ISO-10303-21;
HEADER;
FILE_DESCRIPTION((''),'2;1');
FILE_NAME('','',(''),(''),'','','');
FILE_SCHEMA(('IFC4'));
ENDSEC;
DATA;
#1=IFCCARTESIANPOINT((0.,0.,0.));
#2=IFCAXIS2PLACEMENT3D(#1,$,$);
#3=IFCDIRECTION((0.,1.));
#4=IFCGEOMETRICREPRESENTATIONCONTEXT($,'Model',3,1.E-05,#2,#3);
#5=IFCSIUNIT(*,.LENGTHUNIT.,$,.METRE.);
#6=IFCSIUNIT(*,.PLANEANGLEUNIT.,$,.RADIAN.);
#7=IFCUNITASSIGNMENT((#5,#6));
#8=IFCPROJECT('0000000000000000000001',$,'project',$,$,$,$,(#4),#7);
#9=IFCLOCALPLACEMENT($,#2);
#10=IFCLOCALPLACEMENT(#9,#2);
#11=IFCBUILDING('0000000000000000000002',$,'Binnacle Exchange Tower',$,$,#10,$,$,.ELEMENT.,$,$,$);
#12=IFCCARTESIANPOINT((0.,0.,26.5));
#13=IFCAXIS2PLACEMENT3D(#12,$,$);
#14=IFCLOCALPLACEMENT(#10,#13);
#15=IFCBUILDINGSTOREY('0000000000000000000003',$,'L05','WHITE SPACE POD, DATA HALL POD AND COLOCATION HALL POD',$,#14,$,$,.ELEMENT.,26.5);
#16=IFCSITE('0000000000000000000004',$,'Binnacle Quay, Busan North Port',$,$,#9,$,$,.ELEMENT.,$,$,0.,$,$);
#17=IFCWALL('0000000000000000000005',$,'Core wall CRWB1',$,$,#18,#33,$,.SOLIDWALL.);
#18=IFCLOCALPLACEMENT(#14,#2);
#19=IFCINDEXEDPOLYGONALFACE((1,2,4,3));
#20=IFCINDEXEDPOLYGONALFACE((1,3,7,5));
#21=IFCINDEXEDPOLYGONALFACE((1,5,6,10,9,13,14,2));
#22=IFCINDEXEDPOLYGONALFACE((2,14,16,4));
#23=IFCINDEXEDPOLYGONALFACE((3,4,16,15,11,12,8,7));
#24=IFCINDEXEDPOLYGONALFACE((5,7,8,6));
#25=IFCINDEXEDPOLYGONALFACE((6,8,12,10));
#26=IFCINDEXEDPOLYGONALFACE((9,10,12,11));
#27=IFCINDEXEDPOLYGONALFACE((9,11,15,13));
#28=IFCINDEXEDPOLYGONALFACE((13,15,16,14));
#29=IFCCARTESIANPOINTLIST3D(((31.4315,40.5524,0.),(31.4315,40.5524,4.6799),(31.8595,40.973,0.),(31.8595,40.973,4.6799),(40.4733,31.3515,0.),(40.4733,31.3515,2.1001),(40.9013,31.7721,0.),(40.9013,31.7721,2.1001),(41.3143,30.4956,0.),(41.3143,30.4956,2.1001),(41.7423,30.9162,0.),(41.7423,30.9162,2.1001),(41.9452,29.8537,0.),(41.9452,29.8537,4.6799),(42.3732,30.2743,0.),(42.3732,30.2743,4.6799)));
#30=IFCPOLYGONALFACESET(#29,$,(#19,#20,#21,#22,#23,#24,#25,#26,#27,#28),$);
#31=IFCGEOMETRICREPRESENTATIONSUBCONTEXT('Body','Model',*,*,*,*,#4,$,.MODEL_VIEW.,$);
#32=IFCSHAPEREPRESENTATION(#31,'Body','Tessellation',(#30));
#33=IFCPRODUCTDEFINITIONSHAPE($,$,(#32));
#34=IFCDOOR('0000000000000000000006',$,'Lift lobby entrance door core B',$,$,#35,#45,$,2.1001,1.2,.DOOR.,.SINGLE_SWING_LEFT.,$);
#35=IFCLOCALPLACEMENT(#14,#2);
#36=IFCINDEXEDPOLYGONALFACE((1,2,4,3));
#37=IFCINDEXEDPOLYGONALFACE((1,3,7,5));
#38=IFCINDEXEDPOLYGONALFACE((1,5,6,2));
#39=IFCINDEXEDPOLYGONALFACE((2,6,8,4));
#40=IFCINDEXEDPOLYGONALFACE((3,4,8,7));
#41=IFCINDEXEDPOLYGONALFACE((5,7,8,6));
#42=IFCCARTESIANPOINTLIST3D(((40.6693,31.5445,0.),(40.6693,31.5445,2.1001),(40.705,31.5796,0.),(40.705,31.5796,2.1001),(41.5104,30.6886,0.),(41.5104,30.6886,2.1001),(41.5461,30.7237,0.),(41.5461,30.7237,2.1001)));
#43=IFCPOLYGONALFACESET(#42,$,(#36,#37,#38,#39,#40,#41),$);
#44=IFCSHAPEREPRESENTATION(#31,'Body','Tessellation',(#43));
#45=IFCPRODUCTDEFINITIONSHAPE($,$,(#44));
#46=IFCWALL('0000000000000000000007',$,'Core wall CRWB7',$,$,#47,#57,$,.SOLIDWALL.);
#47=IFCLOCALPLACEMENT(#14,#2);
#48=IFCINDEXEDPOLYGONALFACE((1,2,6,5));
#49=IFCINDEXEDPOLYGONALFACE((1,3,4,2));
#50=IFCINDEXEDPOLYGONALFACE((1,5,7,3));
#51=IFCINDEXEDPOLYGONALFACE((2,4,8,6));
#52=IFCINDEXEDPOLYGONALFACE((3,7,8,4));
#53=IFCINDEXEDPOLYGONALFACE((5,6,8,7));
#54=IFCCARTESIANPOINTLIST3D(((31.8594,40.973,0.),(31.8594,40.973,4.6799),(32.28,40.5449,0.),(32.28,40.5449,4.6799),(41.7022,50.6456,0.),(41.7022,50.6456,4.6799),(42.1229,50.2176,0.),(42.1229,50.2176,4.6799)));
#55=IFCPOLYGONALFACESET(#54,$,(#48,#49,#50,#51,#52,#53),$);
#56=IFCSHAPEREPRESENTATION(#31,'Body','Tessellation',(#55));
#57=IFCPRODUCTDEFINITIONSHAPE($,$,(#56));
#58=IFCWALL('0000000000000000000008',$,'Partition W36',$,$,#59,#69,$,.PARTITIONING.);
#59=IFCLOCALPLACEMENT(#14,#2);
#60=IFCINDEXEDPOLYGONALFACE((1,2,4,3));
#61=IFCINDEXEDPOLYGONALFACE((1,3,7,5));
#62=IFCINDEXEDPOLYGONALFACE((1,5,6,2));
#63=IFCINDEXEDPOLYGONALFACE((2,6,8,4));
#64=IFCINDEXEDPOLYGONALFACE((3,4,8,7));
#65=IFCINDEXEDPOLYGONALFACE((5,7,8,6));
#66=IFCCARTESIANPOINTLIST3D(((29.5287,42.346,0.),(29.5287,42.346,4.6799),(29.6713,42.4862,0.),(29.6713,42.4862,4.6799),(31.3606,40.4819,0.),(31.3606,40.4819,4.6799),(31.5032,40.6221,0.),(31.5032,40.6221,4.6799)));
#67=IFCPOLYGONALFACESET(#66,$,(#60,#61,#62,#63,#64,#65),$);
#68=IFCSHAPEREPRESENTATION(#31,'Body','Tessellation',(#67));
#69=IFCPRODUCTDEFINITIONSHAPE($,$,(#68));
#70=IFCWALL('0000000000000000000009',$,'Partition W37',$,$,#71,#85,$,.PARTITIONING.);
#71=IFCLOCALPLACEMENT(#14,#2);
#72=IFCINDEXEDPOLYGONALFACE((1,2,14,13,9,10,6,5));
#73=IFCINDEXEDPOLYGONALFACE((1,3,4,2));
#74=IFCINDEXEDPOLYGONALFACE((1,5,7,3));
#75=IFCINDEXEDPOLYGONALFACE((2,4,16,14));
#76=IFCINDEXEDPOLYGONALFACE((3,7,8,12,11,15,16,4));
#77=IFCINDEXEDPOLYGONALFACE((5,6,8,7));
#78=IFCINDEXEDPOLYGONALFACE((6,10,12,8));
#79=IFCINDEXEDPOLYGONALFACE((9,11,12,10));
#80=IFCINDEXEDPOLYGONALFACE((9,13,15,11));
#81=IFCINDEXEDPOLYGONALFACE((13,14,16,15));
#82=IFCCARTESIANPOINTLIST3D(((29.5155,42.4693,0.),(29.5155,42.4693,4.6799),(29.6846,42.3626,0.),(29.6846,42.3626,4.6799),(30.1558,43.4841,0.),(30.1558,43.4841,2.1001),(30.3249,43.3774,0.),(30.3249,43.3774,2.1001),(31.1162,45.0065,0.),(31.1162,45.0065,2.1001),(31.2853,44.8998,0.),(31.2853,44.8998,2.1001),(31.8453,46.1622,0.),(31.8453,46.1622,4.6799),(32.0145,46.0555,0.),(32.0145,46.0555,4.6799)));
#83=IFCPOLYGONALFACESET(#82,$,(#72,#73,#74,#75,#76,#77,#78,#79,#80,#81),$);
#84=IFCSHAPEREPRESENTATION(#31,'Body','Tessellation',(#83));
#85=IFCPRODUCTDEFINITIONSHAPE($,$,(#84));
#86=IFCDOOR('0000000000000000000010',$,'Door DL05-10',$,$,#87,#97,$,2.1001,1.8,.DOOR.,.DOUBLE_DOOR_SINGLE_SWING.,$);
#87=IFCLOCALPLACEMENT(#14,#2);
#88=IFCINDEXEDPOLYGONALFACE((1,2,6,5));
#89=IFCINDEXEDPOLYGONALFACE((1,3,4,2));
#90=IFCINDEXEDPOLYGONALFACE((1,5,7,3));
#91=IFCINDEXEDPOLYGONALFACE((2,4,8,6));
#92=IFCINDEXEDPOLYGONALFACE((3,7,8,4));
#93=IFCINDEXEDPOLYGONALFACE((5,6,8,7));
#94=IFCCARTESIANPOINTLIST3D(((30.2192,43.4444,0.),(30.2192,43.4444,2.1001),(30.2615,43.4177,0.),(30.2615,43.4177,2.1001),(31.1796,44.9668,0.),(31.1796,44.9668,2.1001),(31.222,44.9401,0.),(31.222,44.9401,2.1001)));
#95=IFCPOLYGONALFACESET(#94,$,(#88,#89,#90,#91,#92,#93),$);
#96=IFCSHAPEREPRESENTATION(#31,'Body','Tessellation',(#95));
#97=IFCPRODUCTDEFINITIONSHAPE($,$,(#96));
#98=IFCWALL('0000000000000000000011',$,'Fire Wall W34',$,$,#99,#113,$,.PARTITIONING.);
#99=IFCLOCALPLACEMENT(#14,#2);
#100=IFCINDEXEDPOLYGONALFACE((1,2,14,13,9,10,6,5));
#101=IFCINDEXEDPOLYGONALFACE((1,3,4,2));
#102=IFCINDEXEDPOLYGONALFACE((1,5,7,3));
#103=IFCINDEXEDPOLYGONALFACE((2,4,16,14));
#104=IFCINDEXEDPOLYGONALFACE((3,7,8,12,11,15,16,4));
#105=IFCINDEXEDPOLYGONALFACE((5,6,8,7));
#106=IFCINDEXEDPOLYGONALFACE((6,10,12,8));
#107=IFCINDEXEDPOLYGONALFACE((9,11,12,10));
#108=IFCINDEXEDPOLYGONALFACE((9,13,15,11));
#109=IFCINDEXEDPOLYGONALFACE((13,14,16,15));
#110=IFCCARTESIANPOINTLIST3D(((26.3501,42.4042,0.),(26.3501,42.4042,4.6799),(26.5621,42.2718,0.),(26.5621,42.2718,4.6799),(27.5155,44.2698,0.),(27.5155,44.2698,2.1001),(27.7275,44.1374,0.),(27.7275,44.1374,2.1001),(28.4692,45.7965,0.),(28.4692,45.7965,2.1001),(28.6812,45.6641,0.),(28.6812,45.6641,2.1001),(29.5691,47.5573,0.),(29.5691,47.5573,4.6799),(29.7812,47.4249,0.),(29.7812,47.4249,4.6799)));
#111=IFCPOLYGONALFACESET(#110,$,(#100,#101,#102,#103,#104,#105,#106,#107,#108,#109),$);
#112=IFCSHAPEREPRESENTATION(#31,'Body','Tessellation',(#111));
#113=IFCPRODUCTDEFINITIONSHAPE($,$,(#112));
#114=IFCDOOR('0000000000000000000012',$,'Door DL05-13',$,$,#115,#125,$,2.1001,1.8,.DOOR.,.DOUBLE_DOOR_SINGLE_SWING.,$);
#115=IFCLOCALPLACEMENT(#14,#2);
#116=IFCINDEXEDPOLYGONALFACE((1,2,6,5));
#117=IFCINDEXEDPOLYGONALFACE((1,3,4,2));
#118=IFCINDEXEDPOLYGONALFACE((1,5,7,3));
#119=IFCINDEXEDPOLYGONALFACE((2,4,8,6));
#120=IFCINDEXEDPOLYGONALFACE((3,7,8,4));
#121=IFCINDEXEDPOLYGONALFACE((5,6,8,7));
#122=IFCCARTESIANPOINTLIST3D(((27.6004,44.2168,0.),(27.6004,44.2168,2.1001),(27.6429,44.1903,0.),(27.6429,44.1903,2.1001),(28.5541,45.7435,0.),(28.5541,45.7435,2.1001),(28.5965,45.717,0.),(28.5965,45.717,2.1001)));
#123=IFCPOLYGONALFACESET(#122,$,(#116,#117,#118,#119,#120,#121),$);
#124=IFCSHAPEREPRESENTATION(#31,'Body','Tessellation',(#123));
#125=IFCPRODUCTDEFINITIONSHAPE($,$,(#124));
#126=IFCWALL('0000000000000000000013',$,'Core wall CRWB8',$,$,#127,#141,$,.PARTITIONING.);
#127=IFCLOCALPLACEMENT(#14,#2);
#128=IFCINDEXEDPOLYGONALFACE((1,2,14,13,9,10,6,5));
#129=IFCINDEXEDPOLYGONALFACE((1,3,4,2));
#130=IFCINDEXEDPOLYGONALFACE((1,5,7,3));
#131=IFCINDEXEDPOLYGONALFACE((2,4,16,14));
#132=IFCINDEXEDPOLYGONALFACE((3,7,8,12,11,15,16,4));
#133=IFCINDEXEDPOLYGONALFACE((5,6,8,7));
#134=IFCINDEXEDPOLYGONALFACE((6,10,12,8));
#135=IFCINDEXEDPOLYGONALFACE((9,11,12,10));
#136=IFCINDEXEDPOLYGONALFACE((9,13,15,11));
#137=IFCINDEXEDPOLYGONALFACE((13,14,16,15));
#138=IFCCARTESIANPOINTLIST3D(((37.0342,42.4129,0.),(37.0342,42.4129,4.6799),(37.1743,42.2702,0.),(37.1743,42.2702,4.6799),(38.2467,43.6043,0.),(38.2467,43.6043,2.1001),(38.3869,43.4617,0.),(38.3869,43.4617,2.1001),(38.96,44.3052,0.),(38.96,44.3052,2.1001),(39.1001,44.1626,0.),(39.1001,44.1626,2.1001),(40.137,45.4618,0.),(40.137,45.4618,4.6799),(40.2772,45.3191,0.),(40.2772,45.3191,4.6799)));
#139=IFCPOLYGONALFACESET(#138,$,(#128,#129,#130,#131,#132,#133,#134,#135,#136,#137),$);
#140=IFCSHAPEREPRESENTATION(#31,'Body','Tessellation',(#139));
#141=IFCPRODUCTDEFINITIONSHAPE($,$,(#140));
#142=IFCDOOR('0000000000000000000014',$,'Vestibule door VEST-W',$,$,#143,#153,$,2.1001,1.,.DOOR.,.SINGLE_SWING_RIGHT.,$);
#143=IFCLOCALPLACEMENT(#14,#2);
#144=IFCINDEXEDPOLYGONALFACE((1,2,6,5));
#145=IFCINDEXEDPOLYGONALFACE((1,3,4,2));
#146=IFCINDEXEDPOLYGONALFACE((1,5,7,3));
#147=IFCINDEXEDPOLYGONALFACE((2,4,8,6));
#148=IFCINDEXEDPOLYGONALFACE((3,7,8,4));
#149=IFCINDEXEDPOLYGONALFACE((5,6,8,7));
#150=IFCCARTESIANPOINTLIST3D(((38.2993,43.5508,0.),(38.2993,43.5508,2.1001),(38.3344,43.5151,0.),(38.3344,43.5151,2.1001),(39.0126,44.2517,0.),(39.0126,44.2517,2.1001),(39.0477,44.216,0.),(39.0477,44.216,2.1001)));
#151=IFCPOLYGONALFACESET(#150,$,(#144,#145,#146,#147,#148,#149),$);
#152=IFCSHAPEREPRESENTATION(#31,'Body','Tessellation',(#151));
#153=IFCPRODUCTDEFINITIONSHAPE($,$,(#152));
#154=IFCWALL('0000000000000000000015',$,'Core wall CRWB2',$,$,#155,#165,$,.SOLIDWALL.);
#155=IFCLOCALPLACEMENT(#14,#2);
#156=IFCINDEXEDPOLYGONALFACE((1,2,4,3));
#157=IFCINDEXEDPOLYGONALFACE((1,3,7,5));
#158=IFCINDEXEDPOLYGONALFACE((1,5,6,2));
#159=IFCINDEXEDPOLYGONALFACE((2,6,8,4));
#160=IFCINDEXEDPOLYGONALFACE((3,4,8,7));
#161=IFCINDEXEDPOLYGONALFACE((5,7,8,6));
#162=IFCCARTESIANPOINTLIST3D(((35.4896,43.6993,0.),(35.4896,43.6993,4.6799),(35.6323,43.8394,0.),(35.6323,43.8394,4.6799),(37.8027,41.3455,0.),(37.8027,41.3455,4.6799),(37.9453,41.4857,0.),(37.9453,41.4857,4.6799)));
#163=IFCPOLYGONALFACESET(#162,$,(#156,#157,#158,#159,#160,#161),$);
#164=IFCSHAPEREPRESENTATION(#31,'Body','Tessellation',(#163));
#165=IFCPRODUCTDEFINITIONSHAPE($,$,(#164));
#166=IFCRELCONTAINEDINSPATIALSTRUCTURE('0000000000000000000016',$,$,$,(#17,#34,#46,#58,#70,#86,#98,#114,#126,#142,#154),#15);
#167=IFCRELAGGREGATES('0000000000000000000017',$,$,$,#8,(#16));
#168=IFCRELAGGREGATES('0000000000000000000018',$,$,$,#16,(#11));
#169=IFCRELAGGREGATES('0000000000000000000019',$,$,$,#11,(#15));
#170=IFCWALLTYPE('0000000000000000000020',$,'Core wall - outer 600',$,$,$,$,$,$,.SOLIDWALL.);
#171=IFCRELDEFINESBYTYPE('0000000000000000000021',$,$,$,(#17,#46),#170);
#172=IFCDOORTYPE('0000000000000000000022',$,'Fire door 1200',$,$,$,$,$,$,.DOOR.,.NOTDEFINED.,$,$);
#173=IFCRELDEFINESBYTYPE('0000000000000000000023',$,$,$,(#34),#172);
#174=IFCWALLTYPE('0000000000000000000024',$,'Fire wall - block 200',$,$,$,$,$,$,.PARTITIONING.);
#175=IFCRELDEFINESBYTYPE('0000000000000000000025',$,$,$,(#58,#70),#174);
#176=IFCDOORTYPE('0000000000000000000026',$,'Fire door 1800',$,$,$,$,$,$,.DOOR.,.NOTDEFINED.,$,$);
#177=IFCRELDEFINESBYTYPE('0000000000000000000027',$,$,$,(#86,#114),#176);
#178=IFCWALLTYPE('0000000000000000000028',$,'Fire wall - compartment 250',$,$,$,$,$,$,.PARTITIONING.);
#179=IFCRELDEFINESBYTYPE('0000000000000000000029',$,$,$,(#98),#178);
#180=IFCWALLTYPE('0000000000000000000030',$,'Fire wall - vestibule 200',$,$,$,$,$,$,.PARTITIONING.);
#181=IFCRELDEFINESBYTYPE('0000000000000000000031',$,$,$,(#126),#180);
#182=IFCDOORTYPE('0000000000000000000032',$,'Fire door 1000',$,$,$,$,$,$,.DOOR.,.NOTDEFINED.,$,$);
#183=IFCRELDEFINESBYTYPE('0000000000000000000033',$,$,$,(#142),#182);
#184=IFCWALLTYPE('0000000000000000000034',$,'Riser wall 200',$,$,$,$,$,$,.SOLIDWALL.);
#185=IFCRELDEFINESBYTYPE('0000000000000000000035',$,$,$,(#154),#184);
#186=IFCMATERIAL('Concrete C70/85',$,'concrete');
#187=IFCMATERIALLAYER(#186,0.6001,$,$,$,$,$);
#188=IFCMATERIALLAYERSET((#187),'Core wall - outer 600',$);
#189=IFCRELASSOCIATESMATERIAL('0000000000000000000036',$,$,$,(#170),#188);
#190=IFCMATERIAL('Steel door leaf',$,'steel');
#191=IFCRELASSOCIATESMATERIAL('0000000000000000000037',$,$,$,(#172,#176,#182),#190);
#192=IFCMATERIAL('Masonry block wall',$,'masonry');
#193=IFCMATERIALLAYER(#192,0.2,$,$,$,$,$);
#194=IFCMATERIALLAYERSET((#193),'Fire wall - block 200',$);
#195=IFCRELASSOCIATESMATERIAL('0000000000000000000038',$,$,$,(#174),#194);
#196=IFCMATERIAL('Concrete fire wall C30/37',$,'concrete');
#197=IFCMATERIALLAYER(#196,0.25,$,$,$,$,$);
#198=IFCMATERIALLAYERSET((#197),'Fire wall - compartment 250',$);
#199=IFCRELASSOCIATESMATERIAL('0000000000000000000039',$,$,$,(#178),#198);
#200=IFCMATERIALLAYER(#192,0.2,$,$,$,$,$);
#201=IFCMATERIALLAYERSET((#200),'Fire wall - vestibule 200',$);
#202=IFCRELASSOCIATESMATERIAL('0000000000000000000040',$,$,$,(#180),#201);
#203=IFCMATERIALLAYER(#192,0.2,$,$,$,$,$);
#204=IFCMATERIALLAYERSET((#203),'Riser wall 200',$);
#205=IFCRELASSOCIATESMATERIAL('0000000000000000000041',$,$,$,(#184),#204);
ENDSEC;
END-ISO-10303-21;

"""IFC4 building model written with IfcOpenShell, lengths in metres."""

from ifc_helpers import new_model, si_unit, direction, frame, frame_2d, origin, place, context, subcontext, project, spatial, rectangle, extrude, material, layer, layer_set, type_object, element, fill, save


model = new_model("IFC4")

# Units and contexts
model_context = context("Model", 3, precision=1e-05, world=origin(), true_north=direction((0.0, 1.0)))
body_context = subcontext(model_context, "Body", "Model", "MODEL_VIEW")
ifc_project = project(units=[si_unit("LENGTHUNIT", "METRE"), si_unit("PLANEANGLEUNIT", "RADIAN")], contexts=[model_context])

# Site, building, storey
site_placement = place(None, origin())
site = spatial("IfcSite", under=ifc_project, at=site_placement, Name="Binnacle Quay, Busan North Port", CompositionType="ELEMENT", RefElevation=0.0)
building_placement = place(site_placement, origin())
building = spatial("IfcBuilding", under=site, at=building_placement, Name="Binnacle Exchange Tower", CompositionType="ELEMENT")
storey_placement = place(building_placement, frame((0.0, 0.0, 26.5)))
storey = spatial("IfcBuildingStorey", under=building, at=storey_placement, Name="L05", Description="WHITE SPACE POD, DATA HALL POD AND COLOCATION HALL POD", CompositionType="ELEMENT", Elevation=26.5)

# Shared definitions
ifc_material_1 = material(Name="Concrete C70/85", Category="concrete")

# Shared definitions
ifc_material_2 = material(Name="Steel door leaf", Category="steel")

# Wall, opening, door
ifc_layer_1 = layer(ifc_material_1, 0.6001)
ifc_layer_set_1 = layer_set([ifc_layer_1], Name="Core wall - outer 600")
wall_type_1 = type_object("IfcWallType", Name="Core wall - outer 600", PredefinedType="SOLIDWALL", material=ifc_layer_set_1)
wall_1_placement = place(storey_placement, frame((31.6455, 40.7627, 0.0), z_axis=(0.0, 0.0, 1.0), x_axis=(0.700911, -0.713248, 0.0)))
wall_1 = element("IfcWall", 1, at=wall_1_placement, inside=storey, type_object=wall_type_1, Name="Core wall CRWB1", PredefinedType="SOLIDWALL", context=body_context, shape_type="SweptSolid", body=[
    extrude(rectangle(XDim=15.0, YDim=0.6001, at=frame_2d((7.5, 0.0))), origin(), (0.0, 0.0, 1.0), 4.6799),
])
opening_1_placement = place(wall_1_placement, frame((12.8999, 0.0, 0.0)))
opening_1 = element("IfcOpeningElement", 2, at=opening_1_placement, cuts=wall_1, PredefinedType="OPENING", context=body_context, shape_type="SweptSolid", body=[
    extrude(rectangle(XDim=1.2, YDim=2.1001, at=frame_2d((0.6001, 1.05))), frame((0.0, 0.3101, 0.0), z_axis=(0.0, -1.0, 0.0), x_axis=(1.0, 0.0, 0.0)), (0.0, 0.0, 1.0), 0.6201),
])
door_type_1 = type_object("IfcDoorType", Name="Fire door 1200", OperationType="NOTDEFINED", PredefinedType="DOOR", material=ifc_material_2)
door_1_placement = place(opening_1_placement, frame((1.2, 0.0, 0.0), z_axis=(0.0, 0.0, 1.0), x_axis=(-1.0, 0.0, 0.0)))
door_1 = element("IfcDoor", 3, at=door_1_placement, inside=storey, type_object=door_type_1, Name="Lift lobby entrance door core B", OperationType="SINGLE_SWING_LEFT", OverallHeight=2.1001, OverallWidth=1.2, PredefinedType="DOOR", context=body_context, shape_type="SweptSolid", body=[
    extrude(rectangle(XDim=1.2, YDim=2.1001, at=frame_2d((0.6001, 1.05))), frame((0.0, 0.0249, 0.0), z_axis=(0.0, -1.0, 0.0), x_axis=(1.0, 0.0, 0.0)), (0.0, 0.0, 1.0), 0.05),
])
fill(opening_1, door_1)

# Walls
wall_2_placement = place(storey_placement, frame((32.0698, 40.759, 0.0), z_axis=(0.0, 0.0, 1.0), x_axis=(0.713245, 0.700914, 0.0)))
element("IfcWall", 4, at=wall_2_placement, inside=storey, type_object=wall_type_1, Name="Core wall CRWB7", PredefinedType="SOLIDWALL", context=body_context, shape_type="SweptSolid", body=[
    extrude(rectangle(XDim=13.8, YDim=0.6001, at=frame_2d((6.8999, 0.0))), origin(), (0.0, 0.0, 1.0), 4.6799),
])
ifc_material_3 = material(Name="Masonry block wall", Category="masonry")
ifc_layer_2 = layer(ifc_material_3, 0.2)
ifc_layer_set_2 = layer_set([ifc_layer_2], Name="Fire wall - block 200")
wall_type_2 = type_object("IfcWallType", Name="Fire wall - block 200", PredefinedType="PARTITIONING", material=ifc_layer_set_2)
wall_3_placement = place(storey_placement, frame((29.6001, 42.416, 0.0), z_axis=(0.0, 0.0, 1.0), x_axis=(0.700914, -0.713245, 0.0)))
element("IfcWall", 5, at=wall_3_placement, inside=storey, type_object=wall_type_2, Name="Partition W36", PredefinedType="PARTITIONING", context=body_context, shape_type="SweptSolid", body=[
    extrude(rectangle(XDim=2.6135, YDim=0.2, at=frame_2d((1.3066, 0.0))), origin(), (0.0, 0.0, 1.0), 4.6799),
])

# Walls, openings, doors
wall_4_placement = place(storey_placement, frame((29.6001, 42.416, 0.0), z_axis=(0.0, 0.0, 1.0), x_axis=(0.533583, 0.845748, 0.0)))
wall_4 = element("IfcWall", 6, at=wall_4_placement, inside=storey, type_object=wall_type_2, Name="Partition W37", PredefinedType="PARTITIONING", context=body_context, shape_type="SweptSolid", body=[
    extrude(rectangle(XDim=4.3665, YDim=0.2, at=frame_2d((2.1831, 0.0))), origin(), (0.0, 0.0, 1.0), 4.6799),
])
opening_2_placement = place(wall_4_placement, frame((1.2, 0.0, 0.0)))
opening_2 = element("IfcOpeningElement", 7, at=opening_2_placement, cuts=wall_4, PredefinedType="OPENING", context=body_context, shape_type="SweptSolid", body=[
    extrude(rectangle(XDim=1.8, YDim=2.1001, at=frame_2d((0.8999, 1.05))), frame((0.0, 0.1099, 0.0), z_axis=(0.0, -1.0, 0.0), x_axis=(1.0, 0.0, 0.0)), (0.0, 0.0, 1.0), 0.22),
])
door_type_2 = type_object("IfcDoorType", Name="Fire door 1800", OperationType="NOTDEFINED", PredefinedType="DOOR", material=ifc_material_2)
door_2_placement = place(opening_2_placement, frame((1.8, 0.0, 0.0), z_axis=(0.0, 0.0, 1.0), x_axis=(-1.0, 0.0, 0.0)))
door_2 = element("IfcDoor", 8, at=door_2_placement, inside=storey, type_object=door_type_2, Name="Door DL05-10", OperationType="DOUBLE_DOOR_SINGLE_SWING", OverallHeight=2.1001, OverallWidth=1.8, PredefinedType="DOOR", context=body_context, shape_type="SweptSolid", body=[
    extrude(rectangle(XDim=1.8, YDim=2.1001, at=frame_2d((0.8999, 1.05))), frame((0.0, 0.0249, 0.0), z_axis=(0.0, -1.0, 0.0), x_axis=(1.0, 0.0, 0.0)), (0.0, 0.0, 1.0), 0.05),
])
fill(opening_2, door_2)
ifc_material_4 = material(Name="Concrete fire wall C30/37", Category="concrete")
ifc_layer_3 = layer(ifc_material_4, 0.25)
ifc_layer_set_3 = layer_set([ifc_layer_3], Name="Fire wall - compartment 250")
wall_type_3 = type_object("IfcWallType", Name="Fire wall - compartment 250", PredefinedType="PARTITIONING", material=ifc_layer_set_3)
wall_5_placement = place(storey_placement, frame((26.4561, 42.3379, 0.0), z_axis=(0.0, 0.0, 1.0), x_axis=(0.5298, 0.848122, 0.0)))
wall_5 = element("IfcWall", 9, at=wall_5_placement, inside=storey, type_object=wall_type_3, Name="Fire Wall W34", PredefinedType="PARTITIONING", context=body_context, shape_type="SweptSolid", body=[
    extrude(rectangle(XDim=6.0759, YDim=0.25, at=frame_2d((3.0381, 0.0))), origin(), (0.0, 0.0, 1.0), 4.6799),
])
opening_3_placement = place(wall_5_placement, frame((2.2, 0.0, 0.0)))
opening_3 = element("IfcOpeningElement", 10, at=opening_3_placement, cuts=wall_5, PredefinedType="OPENING", context=body_context, shape_type="SweptSolid", body=[
    extrude(rectangle(XDim=1.8, YDim=2.1001, at=frame_2d((0.8999, 1.05))), frame((0.0, 0.135, 0.0), z_axis=(0.0, -1.0, 0.0), x_axis=(1.0, 0.0, 0.0)), (0.0, 0.0, 1.0), 0.27),
])
door_3_placement = place(opening_3_placement, origin())
door_3 = element("IfcDoor", 11, at=door_3_placement, inside=storey, type_object=door_type_2, Name="Door DL05-13", OperationType="DOUBLE_DOOR_SINGLE_SWING", OverallHeight=2.1001, OverallWidth=1.8, PredefinedType="DOOR", context=body_context, shape_type="SweptSolid", body=[
    extrude(rectangle(XDim=1.8, YDim=2.1001, at=frame_2d((0.8999, 1.05))), frame((0.0, 0.0249, 0.0), z_axis=(0.0, -1.0, 0.0), x_axis=(1.0, 0.0, 0.0)), (0.0, 0.0, 1.0), 0.05),
])
fill(opening_3, door_3)
ifc_layer_4 = layer(ifc_material_3, 0.2)
ifc_layer_set_4 = layer_set([ifc_layer_4], Name="Fire wall - vestibule 200")
wall_type_4 = type_object("IfcWallType", Name="Fire wall - vestibule 200", PredefinedType="PARTITIONING", material=ifc_layer_set_4)
wall_6_placement = place(storey_placement, frame((37.1042, 42.3416, 0.0), z_axis=(0.0, 0.0, 1.0), x_axis=(0.713281, 0.700878, 0.0)))
wall_6 = element("IfcWall", 12, at=wall_6_placement, inside=storey, type_object=wall_type_4, Name="Core wall CRWB8", PredefinedType="PARTITIONING", context=body_context, shape_type="SweptSolid", body=[
    extrude(rectangle(XDim=4.3501, YDim=0.2, at=frame_2d((2.175, 0.0))), origin(), (0.0, 0.0, 1.0), 4.6799),
])
opening_4_placement = place(wall_6_placement, frame((1.7, 0.0, 0.0)))
opening_4 = element("IfcOpeningElement", 13, at=opening_4_placement, cuts=wall_6, PredefinedType="OPENING", context=body_context, shape_type="SweptSolid", body=[
    extrude(rectangle(XDim=1.0, YDim=2.1001, at=frame_2d((0.5, 1.05))), frame((0.0, 0.1099, 0.0), z_axis=(0.0, -1.0, 0.0), x_axis=(1.0, 0.0, 0.0)), (0.0, 0.0, 1.0), 0.22),
])
door_type_3 = type_object("IfcDoorType", Name="Fire door 1000", OperationType="NOTDEFINED", PredefinedType="DOOR", material=ifc_material_2)
door_4_placement = place(opening_4_placement, origin())
door_4 = element("IfcDoor", 14, at=door_4_placement, inside=storey, type_object=door_type_3, Name="Vestibule door VEST-W", OperationType="SINGLE_SWING_RIGHT", OverallHeight=2.1001, OverallWidth=1.0, PredefinedType="DOOR", context=body_context, shape_type="SweptSolid", body=[
    extrude(rectangle(XDim=1.0, YDim=2.1001, at=frame_2d((0.5, 1.05))), frame((0.0, 0.0249, 0.0), z_axis=(0.0, -1.0, 0.0), x_axis=(1.0, 0.0, 0.0)), (0.0, 0.0, 1.0), 0.05),
])
fill(opening_4, door_4)

# Wall
ifc_layer_5 = layer(ifc_material_3, 0.2)
ifc_layer_set_5 = layer_set([ifc_layer_5], Name="Riser wall 200")
wall_type_5 = type_object("IfcWallType", Name="Riser wall 200", PredefinedType="SOLIDWALL", material=ifc_layer_set_5)
wall_7_placement = place(storey_placement, frame((35.561, 43.7693, 0.0), z_axis=(0.0, 0.0, 1.0), x_axis=(0.700902, -0.713257, 0.0)))
element("IfcWall", 15, at=wall_7_placement, inside=storey, type_object=wall_type_5, Name="Core wall CRWB2", PredefinedType="SOLIDWALL", context=body_context, shape_type="SweptSolid", body=[
    extrude(rectangle(XDim=3.3, YDim=0.2, at=frame_2d((1.6499, 0.0))), origin(), (0.0, 0.0, 1.0), 4.6799),
])

save(model, "model.ifc")
